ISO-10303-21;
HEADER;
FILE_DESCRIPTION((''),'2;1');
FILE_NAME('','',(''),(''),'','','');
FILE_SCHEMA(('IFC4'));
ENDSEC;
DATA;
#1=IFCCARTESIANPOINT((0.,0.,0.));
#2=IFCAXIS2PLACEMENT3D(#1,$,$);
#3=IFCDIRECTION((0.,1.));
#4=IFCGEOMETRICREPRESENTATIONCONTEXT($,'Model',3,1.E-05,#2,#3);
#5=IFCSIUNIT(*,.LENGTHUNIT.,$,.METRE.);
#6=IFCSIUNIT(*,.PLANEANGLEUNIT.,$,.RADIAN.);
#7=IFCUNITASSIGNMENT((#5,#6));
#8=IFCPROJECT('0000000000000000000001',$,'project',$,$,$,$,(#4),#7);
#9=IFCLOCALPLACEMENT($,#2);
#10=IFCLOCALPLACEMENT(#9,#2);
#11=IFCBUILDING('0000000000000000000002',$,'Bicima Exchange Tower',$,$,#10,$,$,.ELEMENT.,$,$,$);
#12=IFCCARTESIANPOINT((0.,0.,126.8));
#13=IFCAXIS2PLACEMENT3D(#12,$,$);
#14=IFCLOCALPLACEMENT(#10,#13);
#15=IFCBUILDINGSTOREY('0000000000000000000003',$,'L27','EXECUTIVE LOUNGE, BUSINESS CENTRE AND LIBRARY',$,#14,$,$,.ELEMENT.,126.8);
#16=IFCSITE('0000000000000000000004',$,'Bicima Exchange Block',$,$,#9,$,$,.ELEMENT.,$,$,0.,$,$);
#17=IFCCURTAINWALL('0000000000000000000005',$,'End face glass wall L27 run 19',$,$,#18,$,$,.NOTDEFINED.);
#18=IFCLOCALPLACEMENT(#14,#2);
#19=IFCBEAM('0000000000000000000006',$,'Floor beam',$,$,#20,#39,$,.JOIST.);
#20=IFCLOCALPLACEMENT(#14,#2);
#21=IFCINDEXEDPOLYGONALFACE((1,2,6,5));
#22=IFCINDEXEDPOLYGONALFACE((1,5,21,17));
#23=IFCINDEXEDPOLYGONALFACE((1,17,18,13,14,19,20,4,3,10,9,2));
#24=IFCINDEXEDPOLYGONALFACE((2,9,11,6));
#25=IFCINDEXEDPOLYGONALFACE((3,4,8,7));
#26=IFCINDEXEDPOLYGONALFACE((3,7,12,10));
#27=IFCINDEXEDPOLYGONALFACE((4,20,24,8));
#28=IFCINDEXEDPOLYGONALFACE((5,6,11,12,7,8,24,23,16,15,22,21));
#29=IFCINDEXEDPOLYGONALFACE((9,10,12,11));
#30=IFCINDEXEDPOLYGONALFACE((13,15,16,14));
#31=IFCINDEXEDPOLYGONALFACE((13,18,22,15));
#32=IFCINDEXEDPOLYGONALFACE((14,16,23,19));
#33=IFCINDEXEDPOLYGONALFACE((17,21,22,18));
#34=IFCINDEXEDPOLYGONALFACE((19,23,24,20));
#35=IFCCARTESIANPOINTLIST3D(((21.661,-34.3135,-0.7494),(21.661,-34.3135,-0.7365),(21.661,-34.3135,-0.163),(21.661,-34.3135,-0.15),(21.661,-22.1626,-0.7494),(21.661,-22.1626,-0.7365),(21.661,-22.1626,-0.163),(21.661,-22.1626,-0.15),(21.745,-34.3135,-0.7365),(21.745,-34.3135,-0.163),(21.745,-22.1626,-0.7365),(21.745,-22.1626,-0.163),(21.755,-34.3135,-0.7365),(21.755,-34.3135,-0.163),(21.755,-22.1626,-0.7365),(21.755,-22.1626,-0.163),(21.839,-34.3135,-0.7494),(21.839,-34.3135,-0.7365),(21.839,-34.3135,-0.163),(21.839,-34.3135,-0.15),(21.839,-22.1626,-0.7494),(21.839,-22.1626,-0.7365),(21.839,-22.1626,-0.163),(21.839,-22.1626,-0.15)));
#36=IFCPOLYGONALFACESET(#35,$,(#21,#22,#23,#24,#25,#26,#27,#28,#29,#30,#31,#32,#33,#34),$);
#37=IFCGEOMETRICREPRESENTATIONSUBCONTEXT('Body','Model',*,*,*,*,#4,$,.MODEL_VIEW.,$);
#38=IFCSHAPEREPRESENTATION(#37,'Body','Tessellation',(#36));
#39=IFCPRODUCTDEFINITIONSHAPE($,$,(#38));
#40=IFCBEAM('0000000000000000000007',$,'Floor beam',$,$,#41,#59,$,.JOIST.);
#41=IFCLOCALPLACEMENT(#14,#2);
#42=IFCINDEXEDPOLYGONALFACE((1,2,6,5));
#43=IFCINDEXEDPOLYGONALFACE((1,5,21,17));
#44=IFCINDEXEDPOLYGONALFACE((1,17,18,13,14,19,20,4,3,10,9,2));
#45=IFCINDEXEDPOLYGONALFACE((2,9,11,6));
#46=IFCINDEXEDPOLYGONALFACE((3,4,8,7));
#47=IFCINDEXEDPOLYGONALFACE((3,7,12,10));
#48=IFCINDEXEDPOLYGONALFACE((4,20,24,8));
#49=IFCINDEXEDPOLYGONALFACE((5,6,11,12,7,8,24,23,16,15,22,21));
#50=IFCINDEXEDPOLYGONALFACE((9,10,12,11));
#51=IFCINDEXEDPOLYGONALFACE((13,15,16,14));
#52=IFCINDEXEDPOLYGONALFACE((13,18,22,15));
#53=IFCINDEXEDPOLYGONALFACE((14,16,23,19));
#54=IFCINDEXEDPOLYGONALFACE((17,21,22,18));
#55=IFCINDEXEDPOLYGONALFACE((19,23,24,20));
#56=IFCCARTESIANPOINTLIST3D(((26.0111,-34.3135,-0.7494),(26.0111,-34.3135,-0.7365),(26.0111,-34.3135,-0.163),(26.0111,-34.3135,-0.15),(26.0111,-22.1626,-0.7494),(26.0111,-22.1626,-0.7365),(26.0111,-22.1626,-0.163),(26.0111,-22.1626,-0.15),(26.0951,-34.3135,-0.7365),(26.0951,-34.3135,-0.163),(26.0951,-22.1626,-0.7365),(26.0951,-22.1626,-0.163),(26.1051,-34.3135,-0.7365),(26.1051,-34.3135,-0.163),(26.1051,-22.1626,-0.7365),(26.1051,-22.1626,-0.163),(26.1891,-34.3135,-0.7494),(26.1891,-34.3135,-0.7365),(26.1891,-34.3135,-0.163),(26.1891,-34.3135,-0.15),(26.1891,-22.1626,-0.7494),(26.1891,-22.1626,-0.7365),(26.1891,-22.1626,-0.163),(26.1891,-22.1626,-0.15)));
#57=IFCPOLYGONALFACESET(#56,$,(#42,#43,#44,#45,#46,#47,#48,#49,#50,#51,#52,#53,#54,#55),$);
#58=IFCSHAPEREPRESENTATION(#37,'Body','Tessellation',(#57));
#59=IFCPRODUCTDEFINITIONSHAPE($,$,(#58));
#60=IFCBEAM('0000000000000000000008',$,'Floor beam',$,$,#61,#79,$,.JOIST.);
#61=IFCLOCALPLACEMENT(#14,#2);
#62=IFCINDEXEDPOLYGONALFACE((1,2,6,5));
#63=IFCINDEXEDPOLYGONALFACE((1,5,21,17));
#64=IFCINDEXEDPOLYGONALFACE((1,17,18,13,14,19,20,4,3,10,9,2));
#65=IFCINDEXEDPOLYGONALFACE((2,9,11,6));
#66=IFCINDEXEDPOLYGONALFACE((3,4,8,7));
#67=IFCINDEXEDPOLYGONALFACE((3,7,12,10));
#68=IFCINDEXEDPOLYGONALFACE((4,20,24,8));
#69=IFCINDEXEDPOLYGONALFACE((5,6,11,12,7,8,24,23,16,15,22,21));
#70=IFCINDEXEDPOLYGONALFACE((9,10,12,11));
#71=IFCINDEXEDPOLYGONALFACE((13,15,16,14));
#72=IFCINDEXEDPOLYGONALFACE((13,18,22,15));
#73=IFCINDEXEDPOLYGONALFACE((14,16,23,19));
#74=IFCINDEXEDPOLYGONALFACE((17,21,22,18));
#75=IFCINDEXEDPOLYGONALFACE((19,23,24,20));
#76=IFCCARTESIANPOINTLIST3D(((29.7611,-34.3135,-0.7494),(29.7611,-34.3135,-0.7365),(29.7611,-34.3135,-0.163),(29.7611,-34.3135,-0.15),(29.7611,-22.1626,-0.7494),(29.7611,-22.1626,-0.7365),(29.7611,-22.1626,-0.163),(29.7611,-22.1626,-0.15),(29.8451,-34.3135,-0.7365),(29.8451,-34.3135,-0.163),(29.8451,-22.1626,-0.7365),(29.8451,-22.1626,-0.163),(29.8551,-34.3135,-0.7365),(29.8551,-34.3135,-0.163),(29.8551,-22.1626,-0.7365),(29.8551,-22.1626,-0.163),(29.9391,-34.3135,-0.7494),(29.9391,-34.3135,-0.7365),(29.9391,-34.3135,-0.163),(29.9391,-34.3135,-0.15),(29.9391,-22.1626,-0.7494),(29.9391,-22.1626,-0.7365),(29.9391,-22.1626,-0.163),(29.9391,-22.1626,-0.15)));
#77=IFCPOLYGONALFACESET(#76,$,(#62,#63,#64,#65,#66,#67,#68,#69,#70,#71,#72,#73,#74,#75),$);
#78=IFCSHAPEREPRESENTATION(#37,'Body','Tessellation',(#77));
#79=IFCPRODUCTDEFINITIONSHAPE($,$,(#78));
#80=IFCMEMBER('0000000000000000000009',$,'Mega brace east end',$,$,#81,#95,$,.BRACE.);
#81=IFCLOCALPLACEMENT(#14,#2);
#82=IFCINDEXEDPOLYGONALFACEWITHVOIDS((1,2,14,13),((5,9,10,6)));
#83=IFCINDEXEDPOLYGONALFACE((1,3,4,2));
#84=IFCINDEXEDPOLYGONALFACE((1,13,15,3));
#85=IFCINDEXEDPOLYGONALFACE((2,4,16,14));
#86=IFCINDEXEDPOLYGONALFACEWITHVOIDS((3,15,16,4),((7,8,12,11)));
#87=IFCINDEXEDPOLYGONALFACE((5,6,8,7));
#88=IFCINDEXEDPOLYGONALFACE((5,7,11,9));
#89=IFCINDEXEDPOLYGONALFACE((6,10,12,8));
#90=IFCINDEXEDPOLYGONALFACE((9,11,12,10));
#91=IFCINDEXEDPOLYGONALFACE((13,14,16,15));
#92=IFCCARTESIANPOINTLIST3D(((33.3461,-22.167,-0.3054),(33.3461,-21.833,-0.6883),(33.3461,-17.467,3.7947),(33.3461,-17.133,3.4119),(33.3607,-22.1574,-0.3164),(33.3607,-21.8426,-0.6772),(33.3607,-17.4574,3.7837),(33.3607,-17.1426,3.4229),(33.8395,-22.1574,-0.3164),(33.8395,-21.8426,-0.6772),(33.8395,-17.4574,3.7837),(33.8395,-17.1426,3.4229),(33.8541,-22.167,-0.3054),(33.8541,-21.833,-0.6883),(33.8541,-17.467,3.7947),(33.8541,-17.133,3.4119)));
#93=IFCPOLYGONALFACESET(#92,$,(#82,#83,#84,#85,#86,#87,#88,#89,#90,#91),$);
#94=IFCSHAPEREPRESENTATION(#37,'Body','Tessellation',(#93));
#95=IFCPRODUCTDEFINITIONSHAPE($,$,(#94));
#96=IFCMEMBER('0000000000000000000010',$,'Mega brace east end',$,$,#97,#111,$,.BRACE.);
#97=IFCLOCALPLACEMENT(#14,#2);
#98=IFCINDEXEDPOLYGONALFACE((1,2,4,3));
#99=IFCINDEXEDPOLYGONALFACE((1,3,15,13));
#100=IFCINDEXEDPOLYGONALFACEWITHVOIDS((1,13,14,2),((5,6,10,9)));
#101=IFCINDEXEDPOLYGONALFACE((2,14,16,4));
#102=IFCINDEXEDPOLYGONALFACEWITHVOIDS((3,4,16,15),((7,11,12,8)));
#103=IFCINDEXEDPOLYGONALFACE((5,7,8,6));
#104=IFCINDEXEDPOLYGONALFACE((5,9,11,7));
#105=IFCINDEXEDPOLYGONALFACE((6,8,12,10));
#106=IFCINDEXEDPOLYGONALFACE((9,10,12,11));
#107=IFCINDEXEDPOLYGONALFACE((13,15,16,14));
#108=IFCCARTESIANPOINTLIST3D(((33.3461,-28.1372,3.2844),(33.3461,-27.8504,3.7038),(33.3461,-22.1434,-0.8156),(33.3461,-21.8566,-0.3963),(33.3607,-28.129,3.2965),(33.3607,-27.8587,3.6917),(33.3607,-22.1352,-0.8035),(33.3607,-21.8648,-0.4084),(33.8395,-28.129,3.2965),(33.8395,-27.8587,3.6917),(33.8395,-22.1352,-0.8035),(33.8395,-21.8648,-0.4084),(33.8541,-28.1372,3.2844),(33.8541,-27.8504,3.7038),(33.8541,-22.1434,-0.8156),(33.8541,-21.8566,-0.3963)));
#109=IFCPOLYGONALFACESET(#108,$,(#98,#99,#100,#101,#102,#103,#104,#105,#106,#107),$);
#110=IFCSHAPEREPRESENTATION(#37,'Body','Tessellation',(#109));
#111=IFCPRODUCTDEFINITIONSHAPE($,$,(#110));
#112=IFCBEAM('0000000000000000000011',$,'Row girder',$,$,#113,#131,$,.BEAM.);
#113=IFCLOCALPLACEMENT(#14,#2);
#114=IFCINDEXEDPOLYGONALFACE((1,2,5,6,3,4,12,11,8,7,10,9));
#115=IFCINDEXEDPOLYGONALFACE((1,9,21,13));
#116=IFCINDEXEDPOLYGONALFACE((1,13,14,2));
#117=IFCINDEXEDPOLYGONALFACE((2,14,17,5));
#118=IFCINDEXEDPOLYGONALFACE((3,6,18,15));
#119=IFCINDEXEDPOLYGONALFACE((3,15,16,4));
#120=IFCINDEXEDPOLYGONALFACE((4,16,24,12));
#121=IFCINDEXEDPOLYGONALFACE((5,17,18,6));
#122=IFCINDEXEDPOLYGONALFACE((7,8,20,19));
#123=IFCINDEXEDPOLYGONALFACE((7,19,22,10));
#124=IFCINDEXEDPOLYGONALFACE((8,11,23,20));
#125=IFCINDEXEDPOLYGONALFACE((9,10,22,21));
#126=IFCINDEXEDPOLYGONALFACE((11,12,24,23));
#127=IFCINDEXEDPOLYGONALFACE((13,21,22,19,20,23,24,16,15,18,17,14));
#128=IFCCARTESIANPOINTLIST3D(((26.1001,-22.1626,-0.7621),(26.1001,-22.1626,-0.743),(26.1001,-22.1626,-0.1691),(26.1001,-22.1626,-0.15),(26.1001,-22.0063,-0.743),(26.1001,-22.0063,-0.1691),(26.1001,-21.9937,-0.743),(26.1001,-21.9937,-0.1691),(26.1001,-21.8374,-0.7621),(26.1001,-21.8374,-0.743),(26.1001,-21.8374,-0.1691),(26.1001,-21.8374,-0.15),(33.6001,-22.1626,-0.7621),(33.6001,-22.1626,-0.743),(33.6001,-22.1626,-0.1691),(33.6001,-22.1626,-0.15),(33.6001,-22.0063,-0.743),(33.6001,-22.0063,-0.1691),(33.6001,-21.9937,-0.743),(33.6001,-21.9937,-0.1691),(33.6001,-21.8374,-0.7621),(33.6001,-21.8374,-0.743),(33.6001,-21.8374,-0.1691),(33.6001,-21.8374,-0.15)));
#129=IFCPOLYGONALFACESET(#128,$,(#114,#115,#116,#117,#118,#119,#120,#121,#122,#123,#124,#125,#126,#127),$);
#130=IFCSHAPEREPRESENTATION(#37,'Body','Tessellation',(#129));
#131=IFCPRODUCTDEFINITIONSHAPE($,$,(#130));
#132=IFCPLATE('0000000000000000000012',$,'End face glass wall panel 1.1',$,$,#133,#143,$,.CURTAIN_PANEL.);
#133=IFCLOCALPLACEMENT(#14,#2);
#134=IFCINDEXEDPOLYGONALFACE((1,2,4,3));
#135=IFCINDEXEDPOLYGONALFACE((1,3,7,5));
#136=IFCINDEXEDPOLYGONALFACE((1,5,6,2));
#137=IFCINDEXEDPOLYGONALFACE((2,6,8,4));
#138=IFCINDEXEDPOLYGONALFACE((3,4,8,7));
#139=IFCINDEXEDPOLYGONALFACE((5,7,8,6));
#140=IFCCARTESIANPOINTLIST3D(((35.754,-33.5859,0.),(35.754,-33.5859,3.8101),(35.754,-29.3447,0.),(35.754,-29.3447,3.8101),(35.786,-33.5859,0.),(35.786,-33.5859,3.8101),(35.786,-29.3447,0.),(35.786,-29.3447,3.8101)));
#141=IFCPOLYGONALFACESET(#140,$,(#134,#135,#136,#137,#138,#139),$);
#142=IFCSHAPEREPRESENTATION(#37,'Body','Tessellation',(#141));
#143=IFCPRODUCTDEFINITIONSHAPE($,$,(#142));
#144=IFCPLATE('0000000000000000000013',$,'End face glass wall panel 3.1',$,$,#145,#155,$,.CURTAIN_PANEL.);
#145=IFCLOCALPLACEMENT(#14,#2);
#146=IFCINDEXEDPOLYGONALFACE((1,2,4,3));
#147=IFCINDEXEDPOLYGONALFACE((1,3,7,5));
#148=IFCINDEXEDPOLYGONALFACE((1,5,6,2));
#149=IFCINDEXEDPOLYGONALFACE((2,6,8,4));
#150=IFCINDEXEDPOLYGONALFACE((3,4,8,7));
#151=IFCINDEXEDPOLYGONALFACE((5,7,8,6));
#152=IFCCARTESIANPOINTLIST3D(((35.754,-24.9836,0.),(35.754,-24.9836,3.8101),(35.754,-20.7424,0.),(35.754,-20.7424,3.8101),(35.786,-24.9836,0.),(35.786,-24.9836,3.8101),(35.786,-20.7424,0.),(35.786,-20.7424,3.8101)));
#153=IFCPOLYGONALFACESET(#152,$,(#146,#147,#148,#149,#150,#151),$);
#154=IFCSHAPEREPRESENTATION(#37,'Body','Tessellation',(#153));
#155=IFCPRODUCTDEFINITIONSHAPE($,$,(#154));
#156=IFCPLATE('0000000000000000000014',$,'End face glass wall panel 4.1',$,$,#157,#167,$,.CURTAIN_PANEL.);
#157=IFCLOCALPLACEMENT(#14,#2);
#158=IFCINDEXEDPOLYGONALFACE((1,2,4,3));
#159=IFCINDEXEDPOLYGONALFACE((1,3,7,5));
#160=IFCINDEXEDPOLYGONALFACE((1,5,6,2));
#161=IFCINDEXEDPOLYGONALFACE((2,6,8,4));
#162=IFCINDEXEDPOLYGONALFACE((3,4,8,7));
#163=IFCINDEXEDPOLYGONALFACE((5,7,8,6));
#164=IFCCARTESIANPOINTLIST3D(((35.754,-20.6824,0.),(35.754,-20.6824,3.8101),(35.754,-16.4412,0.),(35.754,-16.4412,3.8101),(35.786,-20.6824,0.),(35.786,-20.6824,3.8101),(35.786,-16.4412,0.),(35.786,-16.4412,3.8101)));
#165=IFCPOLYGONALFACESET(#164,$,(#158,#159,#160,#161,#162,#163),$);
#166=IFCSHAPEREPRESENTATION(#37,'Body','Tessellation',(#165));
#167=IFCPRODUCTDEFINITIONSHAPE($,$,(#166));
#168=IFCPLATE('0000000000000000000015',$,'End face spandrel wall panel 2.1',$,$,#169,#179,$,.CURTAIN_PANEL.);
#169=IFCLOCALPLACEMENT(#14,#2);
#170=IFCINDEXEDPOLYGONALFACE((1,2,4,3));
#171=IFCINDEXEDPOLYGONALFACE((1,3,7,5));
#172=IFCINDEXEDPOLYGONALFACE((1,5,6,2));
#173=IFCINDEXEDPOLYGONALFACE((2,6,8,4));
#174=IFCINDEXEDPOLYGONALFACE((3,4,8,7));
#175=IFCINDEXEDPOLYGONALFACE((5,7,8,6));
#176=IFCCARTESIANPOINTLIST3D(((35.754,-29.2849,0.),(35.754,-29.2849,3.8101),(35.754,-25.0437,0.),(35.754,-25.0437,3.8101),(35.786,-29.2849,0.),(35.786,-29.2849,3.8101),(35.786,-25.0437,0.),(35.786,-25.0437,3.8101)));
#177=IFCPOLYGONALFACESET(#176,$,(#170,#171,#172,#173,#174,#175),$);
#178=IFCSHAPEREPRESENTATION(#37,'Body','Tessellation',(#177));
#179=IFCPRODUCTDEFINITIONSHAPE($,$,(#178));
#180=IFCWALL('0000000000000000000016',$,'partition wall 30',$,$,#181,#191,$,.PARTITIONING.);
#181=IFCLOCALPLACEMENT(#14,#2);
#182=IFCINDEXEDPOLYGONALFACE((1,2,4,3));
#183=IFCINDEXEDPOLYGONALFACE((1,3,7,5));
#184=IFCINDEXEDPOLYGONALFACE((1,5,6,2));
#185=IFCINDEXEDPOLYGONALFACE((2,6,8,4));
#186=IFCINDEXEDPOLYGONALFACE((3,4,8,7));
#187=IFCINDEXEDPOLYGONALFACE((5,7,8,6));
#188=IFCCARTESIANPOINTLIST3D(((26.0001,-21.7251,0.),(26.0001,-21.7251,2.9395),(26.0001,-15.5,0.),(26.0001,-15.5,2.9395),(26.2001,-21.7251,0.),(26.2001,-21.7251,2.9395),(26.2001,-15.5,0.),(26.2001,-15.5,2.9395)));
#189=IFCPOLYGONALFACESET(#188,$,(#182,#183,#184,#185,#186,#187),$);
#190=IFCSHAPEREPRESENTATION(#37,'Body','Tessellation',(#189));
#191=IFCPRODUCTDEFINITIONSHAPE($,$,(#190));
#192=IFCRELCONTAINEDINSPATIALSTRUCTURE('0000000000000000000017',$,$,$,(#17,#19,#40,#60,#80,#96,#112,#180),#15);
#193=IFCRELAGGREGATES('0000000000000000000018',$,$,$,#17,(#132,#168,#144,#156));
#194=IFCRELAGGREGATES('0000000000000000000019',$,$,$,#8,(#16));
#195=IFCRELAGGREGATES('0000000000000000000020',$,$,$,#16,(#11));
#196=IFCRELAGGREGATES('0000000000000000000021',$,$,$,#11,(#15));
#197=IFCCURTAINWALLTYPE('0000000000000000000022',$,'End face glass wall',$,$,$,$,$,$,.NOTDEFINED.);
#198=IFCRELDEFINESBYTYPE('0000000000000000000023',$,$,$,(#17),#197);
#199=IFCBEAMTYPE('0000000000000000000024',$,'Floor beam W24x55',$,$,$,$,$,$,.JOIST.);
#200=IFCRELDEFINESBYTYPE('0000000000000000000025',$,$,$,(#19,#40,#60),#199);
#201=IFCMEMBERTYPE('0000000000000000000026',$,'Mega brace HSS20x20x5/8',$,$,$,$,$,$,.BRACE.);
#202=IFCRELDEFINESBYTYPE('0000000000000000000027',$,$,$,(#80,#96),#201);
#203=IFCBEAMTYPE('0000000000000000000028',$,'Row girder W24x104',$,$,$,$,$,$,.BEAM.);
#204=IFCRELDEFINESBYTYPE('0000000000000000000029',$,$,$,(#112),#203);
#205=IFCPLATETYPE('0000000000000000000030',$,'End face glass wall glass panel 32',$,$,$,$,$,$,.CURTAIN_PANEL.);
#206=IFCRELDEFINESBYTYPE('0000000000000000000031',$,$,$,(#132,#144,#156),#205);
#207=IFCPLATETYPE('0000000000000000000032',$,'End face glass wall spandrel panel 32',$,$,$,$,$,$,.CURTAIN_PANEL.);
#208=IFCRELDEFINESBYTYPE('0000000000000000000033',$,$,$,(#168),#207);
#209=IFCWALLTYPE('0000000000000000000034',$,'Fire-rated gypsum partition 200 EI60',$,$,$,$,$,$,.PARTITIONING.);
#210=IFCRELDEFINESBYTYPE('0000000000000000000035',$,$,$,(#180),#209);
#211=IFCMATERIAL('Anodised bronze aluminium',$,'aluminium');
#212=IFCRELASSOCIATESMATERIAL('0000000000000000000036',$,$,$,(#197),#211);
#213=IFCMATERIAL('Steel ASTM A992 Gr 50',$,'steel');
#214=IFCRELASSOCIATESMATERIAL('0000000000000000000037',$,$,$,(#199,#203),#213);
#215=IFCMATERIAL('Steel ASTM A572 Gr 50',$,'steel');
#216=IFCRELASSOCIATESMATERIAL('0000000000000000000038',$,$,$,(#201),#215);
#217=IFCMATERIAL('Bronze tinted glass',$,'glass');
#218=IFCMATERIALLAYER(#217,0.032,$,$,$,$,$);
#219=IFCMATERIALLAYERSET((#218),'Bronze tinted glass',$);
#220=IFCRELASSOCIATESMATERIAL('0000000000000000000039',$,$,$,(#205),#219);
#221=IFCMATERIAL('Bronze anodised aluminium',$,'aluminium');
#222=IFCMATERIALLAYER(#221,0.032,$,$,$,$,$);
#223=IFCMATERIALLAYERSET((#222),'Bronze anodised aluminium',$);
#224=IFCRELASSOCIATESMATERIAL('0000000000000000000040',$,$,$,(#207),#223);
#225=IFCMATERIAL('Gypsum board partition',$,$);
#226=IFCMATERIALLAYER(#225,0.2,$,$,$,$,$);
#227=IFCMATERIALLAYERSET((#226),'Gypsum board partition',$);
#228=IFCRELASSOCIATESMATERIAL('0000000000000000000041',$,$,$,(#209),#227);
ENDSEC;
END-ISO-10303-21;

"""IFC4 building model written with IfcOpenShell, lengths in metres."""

from ifc_helpers import new_model, si_unit, direction, frame, frame_2d, origin, origin_2d, place, context, subcontext, project, spatial, rectangle, hollow_rectangle, i_section, extrude, material, layer, layer_set, material_profile, profile_set, type_object, element, aggregate, save


model = new_model("IFC4")

# Units and contexts
model_context = context("Model", 3, precision=1e-05, world=origin(), true_north=direction((0.0, 1.0)))
body_context = subcontext(model_context, "Body", "Model", "MODEL_VIEW")
ifc_project = project(units=[si_unit("LENGTHUNIT", "METRE"), si_unit("PLANEANGLEUNIT", "RADIAN")], contexts=[model_context])

# Site, building, storey
site_placement = place(None, origin())
site = spatial("IfcSite", under=ifc_project, at=site_placement, Name="Bicima Exchange Block", CompositionType="ELEMENT", RefElevation=0.0)
building_placement = place(site_placement, origin())
building = spatial("IfcBuilding", under=site, at=building_placement, Name="Bicima Exchange Tower", CompositionType="ELEMENT")
storey_placement = place(building_placement, frame((0.0, 0.0, 126.8)))
storey = spatial("IfcBuildingStorey", under=building, at=storey_placement, Name="L27", Description="EXECUTIVE LOUNGE, BUSINESS CENTRE AND LIBRARY", CompositionType="ELEMENT", Elevation=126.8)

# Shared definitions
ifc_material_1 = material(Name="Steel ASTM A992 Gr 50", Category="steel")

# Curtain wall
ifc_material_2 = material(Name="Anodised bronze aluminium", Category="aluminium")
curtain_wall_type = type_object("IfcCurtainWallType", Name="End face glass wall", PredefinedType="NOTDEFINED", material=ifc_material_2)
curtain_wall_placement = place(storey_placement, origin())
curtain_wall = element("IfcCurtainWall", 1, at=curtain_wall_placement, inside=storey, type_object=curtain_wall_type, Name="End face glass wall L27 run 19", PredefinedType="NOTDEFINED")

# Beams
ifc_material_profile_1 = material_profile(ifc_material_1, i_section(OverallWidth=0.178, OverallDepth=0.5994, WebThickness=0.01, FlangeThickness=0.0129, at=origin_2d()))
ifc_profile_set_1 = profile_set([ifc_material_profile_1], Name="Steel ASTM A992 Gr 50")
beam_type_1 = type_object("IfcBeamType", Name="Floor beam W24x55", PredefinedType="JOIST", material=ifc_profile_set_1)
for number, where, z_axis, x_axis, name in (
    (2, (21.75, -22.1626, -0.4497), (0.0, -1.0, 0.0), (1.0, 0.0, 0.0), "Floor beam"),
    (3, (26.1001, -22.1626, -0.4497), (0.0, -1.0, 0.0), (1.0, 0.0, 0.0), "Floor beam"),
    (4, (29.8501, -22.1626, -0.4497), (0.0, -1.0, 0.0), (1.0, 0.0, 0.0), "Floor beam"),
):
    element("IfcBeam", number, at=place(storey_placement, frame(where, z_axis=z_axis, x_axis=x_axis)), inside=storey, type_object=beam_type_1, Name=name, PredefinedType="JOIST", context=body_context, shape_type="SweptSolid", body=[
        extrude(i_section(OverallWidth=0.178, OverallDepth=0.5994, WebThickness=0.01, FlangeThickness=0.0129, at=origin_2d()), origin(), (0.0, 0.0, 1.0), 12.1509),
    ])

# Members
ifc_material_3 = material(Name="Steel ASTM A572 Gr 50", Category="steel")
ifc_material_profile_2 = material_profile(ifc_material_3, hollow_rectangle(XDim=0.5081, YDim=0.5081, WallThickness=0.0146, at=origin_2d()))
ifc_profile_set_2 = profile_set([ifc_material_profile_2], Name="Steel ASTM A572 Gr 50")
member_type_1 = type_object("IfcMemberType", Name="Mega brace HSS20x20x5/8", PredefinedType="BRACE", material=ifc_profile_set_2)
member_1_placement = place(storey_placement, frame((33.6001, -22.0, -0.4968), z_axis=(0.0, 0.753558, 0.657382), x_axis=(-1.0, 0.0, 0.0)))
element("IfcMember", 5, at=member_1_placement, inside=storey, type_object=member_type_1, Name="Mega brace east end", PredefinedType="BRACE", context=body_context, shape_type="SweptSolid", body=[
    extrude(hollow_rectangle(XDim=0.5081, YDim=0.5081, WallThickness=0.0146, at=origin_2d()), origin(), (0.0, 0.0, 1.0), 6.2371),
])
member_2_placement = place(storey_placement, frame((33.6001, -22.0, -0.606), z_axis=(0.0, -0.825371, 0.564591), x_axis=(1.0, 0.0, 0.0)))
element("IfcMember", 6, at=member_2_placement, inside=storey, type_object=member_type_1, Name="Mega brace east end", PredefinedType="BRACE", context=body_context, shape_type="SweptSolid", body=[
    extrude(hollow_rectangle(XDim=0.5081, YDim=0.5081, WallThickness=0.0146, at=origin_2d()), origin(), (0.0, 0.0, 1.0), 7.262),
])

# Beam
ifc_material_profile_3 = material_profile(ifc_material_1, i_section(OverallWidth=0.3252, OverallDepth=0.6121, WebThickness=0.0127, FlangeThickness=0.019, at=origin_2d()))
ifc_profile_set_3 = profile_set([ifc_material_profile_3], Name="Steel ASTM A992 Gr 50")
beam_type_2 = type_object("IfcBeamType", Name="Row girder W24x104", PredefinedType="BEAM", material=ifc_profile_set_3)
beam_1_placement = place(storey_placement, frame((26.1001, -22.0, -0.4561), z_axis=(1.0, 0.0, 0.0), x_axis=(0.0, 1.0, 0.0)))
element("IfcBeam", 7, at=beam_1_placement, inside=storey, type_object=beam_type_2, Name="Row girder", PredefinedType="BEAM", context=body_context, shape_type="SweptSolid", body=[
    extrude(i_section(OverallWidth=0.3252, OverallDepth=0.6121, WebThickness=0.0127, FlangeThickness=0.019, at=origin_2d()), origin(), (0.0, 0.0, 1.0), 7.5),
])

# Plates
ifc_material_4 = material(Name="Bronze tinted glass", Category="glass")
ifc_layer_1 = layer(ifc_material_4, 0.032)
ifc_layer_set_1 = layer_set([ifc_layer_1], Name="Bronze tinted glass")
plate_type_1 = type_object("IfcPlateType", Name="End face glass wall glass panel 32", PredefinedType="CURTAIN_PANEL", material=ifc_layer_set_1)
plate_1_placement = place(storey_placement, frame((35.77, -31.4653, 0.0), z_axis=(0.0, 0.0, 1.0), x_axis=(0.0, 1.0, 0.0)))
plate_1 = element("IfcPlate", 8, at=plate_1_placement, type_object=plate_type_1, Name="End face glass wall panel 1.1", PredefinedType="CURTAIN_PANEL", context=body_context, shape_type="SweptSolid", body=[
    extrude(rectangle(XDim=4.2412, YDim=0.032, at=origin_2d()), origin(), (0.0, 0.0, 1.0), 3.8101),
])
plate_2_placement = place(storey_placement, frame((35.77, -22.863, 0.0), z_axis=(0.0, 0.0, 1.0), x_axis=(0.0, 1.0, 0.0)))
plate_2 = element("IfcPlate", 9, at=plate_2_placement, type_object=plate_type_1, Name="End face glass wall panel 3.1", PredefinedType="CURTAIN_PANEL", context=body_context, shape_type="SweptSolid", body=[
    extrude(rectangle(XDim=4.2412, YDim=0.032, at=origin_2d()), origin(), (0.0, 0.0, 1.0), 3.8101),
])
plate_3_placement = place(storey_placement, frame((35.77, -18.5618, 0.0), z_axis=(0.0, 0.0, 1.0), x_axis=(0.0, 1.0, 0.0)))
plate_3 = element("IfcPlate", 10, at=plate_3_placement, type_object=plate_type_1, Name="End face glass wall panel 4.1", PredefinedType="CURTAIN_PANEL", context=body_context, shape_type="SweptSolid", body=[
    extrude(rectangle(XDim=4.2412, YDim=0.032, at=origin_2d()), origin(), (0.0, 0.0, 1.0), 3.8101),
])
ifc_material_5 = material(Name="Bronze anodised aluminium", Category="aluminium")
ifc_layer_2 = layer(ifc_material_5, 0.032)
ifc_layer_set_2 = layer_set([ifc_layer_2], Name="Bronze anodised aluminium")
plate_type_2 = type_object("IfcPlateType", Name="End face glass wall spandrel panel 32", PredefinedType="CURTAIN_PANEL", material=ifc_layer_set_2)
plate_4_placement = place(storey_placement, frame((35.77, -27.1643, 0.0), z_axis=(0.0, 0.0, 1.0), x_axis=(0.0, 1.0, 0.0)))
plate_4 = element("IfcPlate", 11, at=plate_4_placement, type_object=plate_type_2, Name="End face spandrel wall panel 2.1", PredefinedType="CURTAIN_PANEL", context=body_context, shape_type="SweptSolid", body=[
    extrude(rectangle(XDim=4.2412, YDim=0.032, at=origin_2d()), origin(), (0.0, 0.0, 1.0), 3.8101),
])
aggregate(curtain_wall, [plate_1, plate_4, plate_2, plate_3])

# Wall
ifc_material_6 = material(Name="Gypsum board partition")
ifc_layer_3 = layer(ifc_material_6, 0.2)
ifc_layer_set_3 = layer_set([ifc_layer_3], Name="Gypsum board partition")
wall_type_1 = type_object("IfcWallType", Name="Fire-rated gypsum partition 200 EI60", PredefinedType="PARTITIONING", material=ifc_layer_set_3)
wall_placement = place(storey_placement, frame((26.1001, -21.7251, 0.0), z_axis=(0.0, 0.0, 1.0), x_axis=(0.0, 1.0, 0.0)))
element("IfcWall", 12, at=wall_placement, inside=storey, type_object=wall_type_1, Name="partition wall 30", PredefinedType="PARTITIONING", context=body_context, shape_type="SweptSolid", body=[
    extrude(rectangle(XDim=6.2251, YDim=0.2, at=frame_2d((3.1125, 0.0))), origin(), (0.0, 0.0, 1.0), 2.9395),
])

save(model, "model.ifc")
